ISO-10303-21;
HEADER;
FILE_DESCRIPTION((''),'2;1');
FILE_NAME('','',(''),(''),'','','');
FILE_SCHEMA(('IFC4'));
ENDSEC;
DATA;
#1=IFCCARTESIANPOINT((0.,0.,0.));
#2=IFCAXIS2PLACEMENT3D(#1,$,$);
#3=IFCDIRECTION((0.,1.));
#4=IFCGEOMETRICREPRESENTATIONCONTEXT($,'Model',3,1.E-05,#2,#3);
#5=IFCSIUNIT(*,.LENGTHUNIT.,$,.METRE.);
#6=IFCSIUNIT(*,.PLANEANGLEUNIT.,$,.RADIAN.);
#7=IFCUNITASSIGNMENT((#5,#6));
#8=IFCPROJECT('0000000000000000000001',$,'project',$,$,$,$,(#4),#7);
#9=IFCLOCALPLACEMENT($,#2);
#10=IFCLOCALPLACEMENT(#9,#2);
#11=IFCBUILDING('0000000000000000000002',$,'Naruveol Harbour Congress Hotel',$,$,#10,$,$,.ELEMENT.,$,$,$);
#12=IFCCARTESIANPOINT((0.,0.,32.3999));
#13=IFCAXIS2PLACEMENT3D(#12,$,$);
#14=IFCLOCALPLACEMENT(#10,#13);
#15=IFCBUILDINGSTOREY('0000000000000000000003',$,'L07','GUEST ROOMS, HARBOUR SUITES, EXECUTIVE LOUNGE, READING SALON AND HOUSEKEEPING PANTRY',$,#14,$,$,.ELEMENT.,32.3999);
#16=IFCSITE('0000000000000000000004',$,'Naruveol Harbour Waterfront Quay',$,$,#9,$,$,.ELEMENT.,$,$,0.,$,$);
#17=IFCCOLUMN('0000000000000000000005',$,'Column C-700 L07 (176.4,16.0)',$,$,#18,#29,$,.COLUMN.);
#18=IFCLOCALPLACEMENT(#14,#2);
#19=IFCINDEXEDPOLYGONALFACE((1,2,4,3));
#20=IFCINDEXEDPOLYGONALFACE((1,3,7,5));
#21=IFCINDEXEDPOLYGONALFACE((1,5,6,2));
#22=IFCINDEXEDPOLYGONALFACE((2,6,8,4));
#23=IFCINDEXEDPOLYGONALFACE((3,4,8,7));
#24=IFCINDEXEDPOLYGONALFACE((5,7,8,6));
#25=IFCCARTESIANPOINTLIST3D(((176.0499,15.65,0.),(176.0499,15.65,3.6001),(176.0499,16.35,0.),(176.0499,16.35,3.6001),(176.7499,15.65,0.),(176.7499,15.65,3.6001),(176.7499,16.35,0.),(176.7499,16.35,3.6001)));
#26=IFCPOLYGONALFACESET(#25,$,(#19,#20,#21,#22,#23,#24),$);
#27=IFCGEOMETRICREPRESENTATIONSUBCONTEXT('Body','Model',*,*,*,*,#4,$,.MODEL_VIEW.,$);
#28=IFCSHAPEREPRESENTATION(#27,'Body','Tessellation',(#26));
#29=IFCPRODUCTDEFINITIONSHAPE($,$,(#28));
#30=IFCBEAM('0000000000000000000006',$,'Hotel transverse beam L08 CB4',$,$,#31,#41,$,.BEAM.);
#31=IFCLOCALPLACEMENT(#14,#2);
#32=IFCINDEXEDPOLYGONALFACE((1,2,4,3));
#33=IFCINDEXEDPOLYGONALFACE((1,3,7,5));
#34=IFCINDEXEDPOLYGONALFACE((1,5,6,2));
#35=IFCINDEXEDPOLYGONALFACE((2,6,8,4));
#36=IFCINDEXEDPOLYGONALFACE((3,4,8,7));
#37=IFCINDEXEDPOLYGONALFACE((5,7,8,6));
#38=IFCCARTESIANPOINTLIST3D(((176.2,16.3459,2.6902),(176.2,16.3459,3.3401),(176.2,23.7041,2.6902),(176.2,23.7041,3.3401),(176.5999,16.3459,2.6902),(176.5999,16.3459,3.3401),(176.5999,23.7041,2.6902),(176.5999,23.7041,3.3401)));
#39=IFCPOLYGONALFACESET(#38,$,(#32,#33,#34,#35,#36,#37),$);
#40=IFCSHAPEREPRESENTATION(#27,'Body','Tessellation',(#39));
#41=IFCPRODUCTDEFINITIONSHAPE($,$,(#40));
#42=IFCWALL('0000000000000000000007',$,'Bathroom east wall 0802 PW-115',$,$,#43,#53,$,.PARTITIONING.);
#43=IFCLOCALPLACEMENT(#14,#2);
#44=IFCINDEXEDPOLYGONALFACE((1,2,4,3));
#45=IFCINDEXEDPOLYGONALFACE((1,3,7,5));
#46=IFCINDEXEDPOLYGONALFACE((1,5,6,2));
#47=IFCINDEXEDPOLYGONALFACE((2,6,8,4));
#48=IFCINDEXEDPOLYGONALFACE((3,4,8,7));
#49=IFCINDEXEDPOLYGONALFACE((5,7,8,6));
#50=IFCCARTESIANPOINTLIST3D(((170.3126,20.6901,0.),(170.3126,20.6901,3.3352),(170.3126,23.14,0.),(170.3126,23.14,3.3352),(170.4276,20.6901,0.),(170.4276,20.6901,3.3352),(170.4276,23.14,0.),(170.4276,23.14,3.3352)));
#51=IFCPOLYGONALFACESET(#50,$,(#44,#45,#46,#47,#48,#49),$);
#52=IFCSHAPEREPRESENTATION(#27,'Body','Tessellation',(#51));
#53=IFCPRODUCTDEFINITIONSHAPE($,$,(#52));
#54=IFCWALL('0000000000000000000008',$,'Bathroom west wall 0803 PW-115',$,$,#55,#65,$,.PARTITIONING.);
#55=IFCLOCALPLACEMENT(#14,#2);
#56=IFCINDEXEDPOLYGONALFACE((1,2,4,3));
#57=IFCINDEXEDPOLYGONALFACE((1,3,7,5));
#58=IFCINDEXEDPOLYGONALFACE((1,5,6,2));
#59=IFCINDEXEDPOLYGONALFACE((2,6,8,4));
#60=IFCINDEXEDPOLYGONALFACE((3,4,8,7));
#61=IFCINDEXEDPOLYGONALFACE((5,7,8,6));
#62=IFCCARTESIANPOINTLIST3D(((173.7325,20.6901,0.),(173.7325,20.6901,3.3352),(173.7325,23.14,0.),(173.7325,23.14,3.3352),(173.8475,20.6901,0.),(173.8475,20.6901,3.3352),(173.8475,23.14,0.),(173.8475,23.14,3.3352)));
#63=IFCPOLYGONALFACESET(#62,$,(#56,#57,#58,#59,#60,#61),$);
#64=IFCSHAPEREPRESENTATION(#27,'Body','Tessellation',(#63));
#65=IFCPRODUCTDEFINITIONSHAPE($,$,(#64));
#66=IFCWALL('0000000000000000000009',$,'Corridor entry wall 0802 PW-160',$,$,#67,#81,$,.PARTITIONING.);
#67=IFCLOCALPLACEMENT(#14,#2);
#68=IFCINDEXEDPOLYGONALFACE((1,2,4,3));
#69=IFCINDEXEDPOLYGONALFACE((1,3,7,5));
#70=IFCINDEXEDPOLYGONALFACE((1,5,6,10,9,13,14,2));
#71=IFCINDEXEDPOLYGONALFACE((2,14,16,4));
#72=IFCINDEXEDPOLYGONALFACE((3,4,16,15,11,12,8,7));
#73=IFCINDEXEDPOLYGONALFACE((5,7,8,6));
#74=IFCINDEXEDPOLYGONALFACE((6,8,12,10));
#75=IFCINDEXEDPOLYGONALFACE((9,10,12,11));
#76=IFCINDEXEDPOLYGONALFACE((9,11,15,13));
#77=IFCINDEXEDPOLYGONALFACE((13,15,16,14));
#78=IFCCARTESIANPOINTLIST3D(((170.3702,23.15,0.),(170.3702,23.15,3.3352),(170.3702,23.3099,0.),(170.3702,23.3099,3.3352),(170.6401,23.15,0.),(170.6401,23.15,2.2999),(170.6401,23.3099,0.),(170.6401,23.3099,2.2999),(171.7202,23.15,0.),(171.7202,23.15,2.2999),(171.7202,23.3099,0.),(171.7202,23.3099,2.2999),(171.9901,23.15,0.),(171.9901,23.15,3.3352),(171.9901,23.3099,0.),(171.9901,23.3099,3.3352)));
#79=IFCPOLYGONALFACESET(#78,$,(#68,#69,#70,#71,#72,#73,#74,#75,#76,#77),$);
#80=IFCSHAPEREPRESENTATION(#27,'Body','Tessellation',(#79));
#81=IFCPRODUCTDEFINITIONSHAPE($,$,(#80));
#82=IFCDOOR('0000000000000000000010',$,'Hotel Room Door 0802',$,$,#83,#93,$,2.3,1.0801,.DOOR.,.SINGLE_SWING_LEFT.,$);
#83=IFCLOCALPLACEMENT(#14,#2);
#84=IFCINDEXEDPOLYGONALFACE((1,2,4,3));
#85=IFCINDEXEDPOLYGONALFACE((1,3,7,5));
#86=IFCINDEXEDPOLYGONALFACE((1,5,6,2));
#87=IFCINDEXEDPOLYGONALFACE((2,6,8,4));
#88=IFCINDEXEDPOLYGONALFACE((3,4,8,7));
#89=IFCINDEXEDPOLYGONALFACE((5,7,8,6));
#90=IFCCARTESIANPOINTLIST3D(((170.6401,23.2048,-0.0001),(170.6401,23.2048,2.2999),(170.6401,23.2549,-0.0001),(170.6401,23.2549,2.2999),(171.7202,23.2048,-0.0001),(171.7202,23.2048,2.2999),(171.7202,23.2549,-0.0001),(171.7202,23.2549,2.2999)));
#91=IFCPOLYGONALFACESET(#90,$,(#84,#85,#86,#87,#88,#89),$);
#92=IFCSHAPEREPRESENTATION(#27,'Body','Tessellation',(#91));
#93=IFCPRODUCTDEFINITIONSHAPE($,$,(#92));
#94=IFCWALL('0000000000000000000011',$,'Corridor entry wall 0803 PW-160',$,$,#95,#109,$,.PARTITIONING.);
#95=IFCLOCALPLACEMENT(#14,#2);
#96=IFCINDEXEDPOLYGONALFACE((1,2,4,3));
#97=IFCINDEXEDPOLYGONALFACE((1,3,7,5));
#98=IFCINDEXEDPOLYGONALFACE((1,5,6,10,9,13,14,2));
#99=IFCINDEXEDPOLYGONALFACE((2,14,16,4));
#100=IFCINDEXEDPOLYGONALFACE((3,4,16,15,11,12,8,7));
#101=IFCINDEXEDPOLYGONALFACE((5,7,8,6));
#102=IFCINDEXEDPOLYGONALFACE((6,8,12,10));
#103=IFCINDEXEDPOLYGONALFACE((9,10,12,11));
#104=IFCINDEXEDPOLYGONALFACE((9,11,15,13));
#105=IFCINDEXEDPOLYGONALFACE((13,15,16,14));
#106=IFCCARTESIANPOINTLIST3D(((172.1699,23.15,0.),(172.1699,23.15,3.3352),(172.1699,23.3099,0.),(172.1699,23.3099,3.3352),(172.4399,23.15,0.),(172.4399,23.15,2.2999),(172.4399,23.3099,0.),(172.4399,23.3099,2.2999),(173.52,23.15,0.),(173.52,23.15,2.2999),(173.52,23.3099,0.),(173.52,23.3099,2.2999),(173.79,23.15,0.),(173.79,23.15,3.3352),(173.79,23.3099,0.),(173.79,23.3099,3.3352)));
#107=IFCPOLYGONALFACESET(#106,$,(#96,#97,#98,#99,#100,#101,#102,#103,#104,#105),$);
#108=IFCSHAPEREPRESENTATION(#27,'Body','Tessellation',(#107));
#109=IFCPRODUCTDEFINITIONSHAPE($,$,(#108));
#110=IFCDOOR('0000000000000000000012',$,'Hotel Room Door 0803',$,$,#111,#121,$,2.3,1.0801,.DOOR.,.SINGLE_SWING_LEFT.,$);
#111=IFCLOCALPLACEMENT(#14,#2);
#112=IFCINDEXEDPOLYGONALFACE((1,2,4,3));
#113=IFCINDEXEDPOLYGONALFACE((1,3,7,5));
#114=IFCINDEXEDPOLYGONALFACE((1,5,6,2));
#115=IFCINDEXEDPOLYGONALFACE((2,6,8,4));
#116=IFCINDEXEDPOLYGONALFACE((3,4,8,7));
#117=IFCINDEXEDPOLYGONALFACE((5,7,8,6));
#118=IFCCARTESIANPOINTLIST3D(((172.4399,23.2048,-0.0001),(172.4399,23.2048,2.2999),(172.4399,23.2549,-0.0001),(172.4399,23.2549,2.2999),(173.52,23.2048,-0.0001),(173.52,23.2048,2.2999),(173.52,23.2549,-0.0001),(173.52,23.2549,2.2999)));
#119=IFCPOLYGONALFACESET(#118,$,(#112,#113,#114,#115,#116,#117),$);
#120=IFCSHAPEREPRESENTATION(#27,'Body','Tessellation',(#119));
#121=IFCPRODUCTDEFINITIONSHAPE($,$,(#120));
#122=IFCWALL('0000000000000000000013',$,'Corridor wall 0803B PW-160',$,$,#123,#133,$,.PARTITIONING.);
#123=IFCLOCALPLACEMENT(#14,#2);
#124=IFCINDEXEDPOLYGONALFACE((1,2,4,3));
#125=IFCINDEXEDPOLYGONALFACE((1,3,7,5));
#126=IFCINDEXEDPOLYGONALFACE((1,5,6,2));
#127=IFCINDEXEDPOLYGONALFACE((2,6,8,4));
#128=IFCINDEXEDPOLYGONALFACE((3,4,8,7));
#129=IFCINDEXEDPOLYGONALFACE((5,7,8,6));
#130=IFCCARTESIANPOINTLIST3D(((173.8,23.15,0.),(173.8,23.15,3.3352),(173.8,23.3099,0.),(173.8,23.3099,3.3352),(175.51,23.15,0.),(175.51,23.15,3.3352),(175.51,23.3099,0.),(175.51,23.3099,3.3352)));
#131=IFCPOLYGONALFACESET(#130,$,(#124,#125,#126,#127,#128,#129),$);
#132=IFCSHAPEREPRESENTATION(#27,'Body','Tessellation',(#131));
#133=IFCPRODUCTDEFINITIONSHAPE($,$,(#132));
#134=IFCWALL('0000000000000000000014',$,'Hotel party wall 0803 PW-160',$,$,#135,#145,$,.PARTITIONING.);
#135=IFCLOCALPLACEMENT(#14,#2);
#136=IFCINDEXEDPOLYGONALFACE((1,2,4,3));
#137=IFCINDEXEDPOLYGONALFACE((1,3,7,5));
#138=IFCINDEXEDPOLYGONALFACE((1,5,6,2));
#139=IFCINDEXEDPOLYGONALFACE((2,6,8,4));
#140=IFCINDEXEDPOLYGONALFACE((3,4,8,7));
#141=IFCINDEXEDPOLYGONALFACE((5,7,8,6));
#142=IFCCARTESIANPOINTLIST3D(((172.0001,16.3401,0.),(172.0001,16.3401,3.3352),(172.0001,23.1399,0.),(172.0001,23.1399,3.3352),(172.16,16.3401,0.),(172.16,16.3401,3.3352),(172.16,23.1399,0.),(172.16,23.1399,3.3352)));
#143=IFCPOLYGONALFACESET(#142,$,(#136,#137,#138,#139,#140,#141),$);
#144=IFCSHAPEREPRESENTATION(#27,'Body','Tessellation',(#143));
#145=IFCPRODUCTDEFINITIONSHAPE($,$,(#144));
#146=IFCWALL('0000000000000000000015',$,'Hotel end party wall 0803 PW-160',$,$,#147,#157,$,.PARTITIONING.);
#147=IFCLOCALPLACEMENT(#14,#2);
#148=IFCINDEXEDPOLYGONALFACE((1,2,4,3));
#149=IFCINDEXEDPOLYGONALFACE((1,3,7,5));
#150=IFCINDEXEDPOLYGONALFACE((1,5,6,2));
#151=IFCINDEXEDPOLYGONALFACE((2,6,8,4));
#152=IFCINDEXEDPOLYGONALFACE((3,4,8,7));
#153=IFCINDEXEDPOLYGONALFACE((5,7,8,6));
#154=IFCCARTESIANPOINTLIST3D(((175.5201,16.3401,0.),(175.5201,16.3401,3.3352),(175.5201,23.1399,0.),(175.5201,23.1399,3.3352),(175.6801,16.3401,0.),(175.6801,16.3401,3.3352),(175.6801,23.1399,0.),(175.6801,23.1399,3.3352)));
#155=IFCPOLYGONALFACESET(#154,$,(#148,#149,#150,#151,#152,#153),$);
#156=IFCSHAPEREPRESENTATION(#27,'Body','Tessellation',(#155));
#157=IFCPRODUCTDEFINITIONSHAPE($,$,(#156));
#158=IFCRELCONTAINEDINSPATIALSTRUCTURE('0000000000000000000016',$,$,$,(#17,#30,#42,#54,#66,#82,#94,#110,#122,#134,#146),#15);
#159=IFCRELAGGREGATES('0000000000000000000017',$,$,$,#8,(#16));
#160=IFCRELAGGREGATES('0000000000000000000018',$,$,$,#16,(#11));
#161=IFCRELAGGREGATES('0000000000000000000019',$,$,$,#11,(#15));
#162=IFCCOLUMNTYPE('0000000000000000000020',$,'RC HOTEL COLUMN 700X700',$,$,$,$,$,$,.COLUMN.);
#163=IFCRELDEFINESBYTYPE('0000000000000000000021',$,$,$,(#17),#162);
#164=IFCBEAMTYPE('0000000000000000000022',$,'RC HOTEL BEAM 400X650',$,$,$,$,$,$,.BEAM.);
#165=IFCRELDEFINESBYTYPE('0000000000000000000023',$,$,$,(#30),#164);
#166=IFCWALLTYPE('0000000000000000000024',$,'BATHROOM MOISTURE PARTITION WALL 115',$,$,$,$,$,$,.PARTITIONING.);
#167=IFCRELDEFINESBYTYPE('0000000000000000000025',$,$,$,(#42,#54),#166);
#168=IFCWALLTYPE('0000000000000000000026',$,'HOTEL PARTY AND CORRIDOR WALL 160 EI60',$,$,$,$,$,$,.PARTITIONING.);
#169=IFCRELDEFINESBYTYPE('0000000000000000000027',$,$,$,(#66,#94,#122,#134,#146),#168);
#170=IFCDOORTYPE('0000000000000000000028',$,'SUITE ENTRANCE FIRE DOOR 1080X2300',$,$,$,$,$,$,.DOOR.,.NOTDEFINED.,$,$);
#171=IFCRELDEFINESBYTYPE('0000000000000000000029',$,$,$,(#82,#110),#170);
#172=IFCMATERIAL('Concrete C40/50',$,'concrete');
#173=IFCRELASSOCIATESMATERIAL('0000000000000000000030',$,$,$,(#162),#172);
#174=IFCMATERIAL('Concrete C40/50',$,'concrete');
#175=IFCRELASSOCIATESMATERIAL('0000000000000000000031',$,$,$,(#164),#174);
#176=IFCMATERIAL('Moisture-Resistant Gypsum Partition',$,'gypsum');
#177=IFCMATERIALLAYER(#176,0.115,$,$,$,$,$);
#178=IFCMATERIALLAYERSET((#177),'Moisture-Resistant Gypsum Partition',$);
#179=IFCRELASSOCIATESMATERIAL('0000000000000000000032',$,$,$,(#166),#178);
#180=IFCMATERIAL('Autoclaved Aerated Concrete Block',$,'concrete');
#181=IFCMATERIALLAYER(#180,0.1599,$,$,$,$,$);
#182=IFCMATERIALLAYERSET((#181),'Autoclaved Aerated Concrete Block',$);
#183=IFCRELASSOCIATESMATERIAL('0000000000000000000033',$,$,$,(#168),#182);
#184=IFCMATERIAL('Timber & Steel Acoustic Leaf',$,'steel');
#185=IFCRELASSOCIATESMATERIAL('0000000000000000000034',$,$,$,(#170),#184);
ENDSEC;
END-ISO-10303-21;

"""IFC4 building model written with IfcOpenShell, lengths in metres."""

from ifc_helpers import new_model, si_unit, direction, frame, frame_2d, origin, origin_2d, place, context, subcontext, project, spatial, rectangle, extrude, material, layer, layer_set, material_profile, profile_set, type_object, element, fill, save


model = new_model("IFC4")

# Units and contexts
model_context = context("Model", 3, precision=1e-05, world=origin(), true_north=direction((0.0, 1.0)))
body_context = subcontext(model_context, "Body", "Model", "MODEL_VIEW")
ifc_project = project(units=[si_unit("LENGTHUNIT", "METRE"), si_unit("PLANEANGLEUNIT", "RADIAN")], contexts=[model_context])

# Site, building, storey
site_placement = place(None, origin())
site = spatial("IfcSite", under=ifc_project, at=site_placement, Name="Naruveol Harbour Waterfront Quay", CompositionType="ELEMENT", RefElevation=0.0)
building_placement = place(site_placement, origin())
building = spatial("IfcBuilding", under=site, at=building_placement, Name="Naruveol Harbour Congress Hotel", CompositionType="ELEMENT")
storey_placement = place(building_placement, frame((0.0, 0.0, 32.3999)))
storey = spatial("IfcBuildingStorey", under=building, at=storey_placement, Name="L07", Description="GUEST ROOMS, HARBOUR SUITES, EXECUTIVE LOUNGE, READING SALON AND HOUSEKEEPING PANTRY", CompositionType="ELEMENT", Elevation=32.3999)

# Column
ifc_material_1 = material(Name="Concrete C40/50", Category="concrete")
ifc_material_profile_1 = material_profile(ifc_material_1, rectangle(XDim=0.7, YDim=0.7, at=origin_2d()), Name="RC-700x700")
ifc_profile_set_1 = profile_set([ifc_material_profile_1], Name="Concrete C40/50")
column_type = type_object("IfcColumnType", Name="RC HOTEL COLUMN 700X700", PredefinedType="COLUMN", material=ifc_profile_set_1)
column_placement = place(storey_placement, frame((176.3999, 16.0, 0.0), z_axis=(0.0, 0.0, 1.0), x_axis=(1.0, 0.0, 0.0)))
element("IfcColumn", 1, at=column_placement, inside=storey, type_object=column_type, Name="Column C-700 L07 (176.4,16.0)", PredefinedType="COLUMN", context=body_context, shape_type="SweptSolid", body=[
    extrude(rectangle(XDim=0.7, YDim=0.7, at=origin_2d()), origin(), (0.0, 0.0, 1.0), 3.6001),
])

# Beam
ifc_material_2 = material(Name="Concrete C40/50", Category="concrete")
ifc_material_profile_2 = material_profile(ifc_material_2, rectangle(XDim=0.3999, YDim=0.6499, at=origin_2d()), Name="RCB-400x650")
ifc_profile_set_2 = profile_set([ifc_material_profile_2], Name="Concrete C40/50")
beam_type = type_object("IfcBeamType", Name="RC HOTEL BEAM 400X650", PredefinedType="BEAM", material=ifc_profile_set_2)
beam_placement = place(storey_placement, frame((176.3999, 16.3459, 3.0151), z_axis=(0.0, 1.0, 0.0), x_axis=(-1.0, 0.0, 0.0)))
element("IfcBeam", 2, at=beam_placement, inside=storey, type_object=beam_type, Name="Hotel transverse beam L08 CB4", PredefinedType="BEAM", context=body_context, shape_type="SweptSolid", body=[
    extrude(rectangle(XDim=0.3999, YDim=0.6499, at=origin_2d()), origin(), (0.0, 0.0, 1.0), 7.3582),
])

# Wall
ifc_material_3 = material(Name="Moisture-Resistant Gypsum Partition", Category="gypsum")
ifc_layer_1 = layer(ifc_material_3, 0.115)
ifc_layer_set_1 = layer_set([ifc_layer_1], Name="Moisture-Resistant Gypsum Partition")
wall_type_1 = type_object("IfcWallType", Name="BATHROOM MOISTURE PARTITION WALL 115", PredefinedType="PARTITIONING", material=ifc_layer_set_1)
wall_1_placement = place(storey_placement, frame((170.3701, 20.6899, 0.0), z_axis=(0.0, 0.0, 1.0), x_axis=(0.0, 1.0, 0.0)))
element("IfcWall", 3, at=wall_1_placement, inside=storey, type_object=wall_type_1, Name="Bathroom east wall 0802 PW-115", PredefinedType="PARTITIONING", context=body_context, shape_type="SweptSolid", body=[
    extrude(rectangle(XDim=2.45, YDim=0.115, at=frame_2d((1.2251, 0.0))), origin(), (0.0, 0.0, 1.0), 3.3352),
])

# Wall
wall_2_placement = place(storey_placement, frame((173.79, 20.6899, 0.0), z_axis=(0.0, 0.0, 1.0), x_axis=(0.0, 1.0, 0.0)))
element("IfcWall", 4, at=wall_2_placement, inside=storey, type_object=wall_type_1, Name="Bathroom west wall 0803 PW-115", PredefinedType="PARTITIONING", context=body_context, shape_type="SweptSolid", body=[
    extrude(rectangle(XDim=2.45, YDim=0.115, at=frame_2d((1.2251, 0.0))), origin(), (0.0, 0.0, 1.0), 3.3352),
])

# Walls, openings, doors
ifc_material_4 = material(Name="Autoclaved Aerated Concrete Block", Category="concrete")
ifc_layer_2 = layer(ifc_material_4, 0.1599)
ifc_layer_set_2 = layer_set([ifc_layer_2], Name="Autoclaved Aerated Concrete Block")
wall_type_2 = type_object("IfcWallType", Name="HOTEL PARTY AND CORRIDOR WALL 160 EI60", PredefinedType="PARTITIONING", material=ifc_layer_set_2)
wall_3_placement = place(storey_placement, frame((170.3701, 23.23, 0.0), z_axis=(0.0, 0.0, 1.0), x_axis=(1.0, 0.0, 0.0)))
wall_3 = element("IfcWall", 5, at=wall_3_placement, inside=storey, type_object=wall_type_2, Name="Corridor entry wall 0802 PW-160", PredefinedType="PARTITIONING", context=body_context, shape_type="SweptSolid", body=[
    extrude(rectangle(XDim=1.6199, YDim=0.1599, at=frame_2d((0.8101, 0.0))), origin(), (0.0, 0.0, 1.0), 3.3352),
])
opening_1_placement = place(wall_3_placement, frame((0.27, 0.0, 0.0)))
opening_1 = element("IfcOpeningElement", 6, at=opening_1_placement, cuts=wall_3, PredefinedType="OPENING", context=body_context, shape_type="SweptSolid", body=[
    extrude(rectangle(XDim=1.0801, YDim=2.3, at=frame_2d((0.54, 1.1499))), frame((0.0, 0.0898, 0.0), z_axis=(0.0, -1.0, 0.0), x_axis=(1.0, 0.0, 0.0)), (0.0, 0.0, 1.0), 0.1799),
])
ifc_material_5 = material(Name="Timber & Steel Acoustic Leaf", Category="steel")
door_type_1 = type_object("IfcDoorType", Name="SUITE ENTRANCE FIRE DOOR 1080X2300", OperationType="NOTDEFINED", PredefinedType="DOOR", material=ifc_material_5)
door_1_placement = place(opening_1_placement, origin())
door_1 = element("IfcDoor", 7, at=door_1_placement, inside=storey, type_object=door_type_1, Name="Hotel Room Door 0802", OperationType="SINGLE_SWING_LEFT", OverallHeight=2.3, OverallWidth=1.0801, PredefinedType="DOOR", context=body_context, shape_type="SweptSolid", body=[
    extrude(rectangle(XDim=1.0801, YDim=2.3, at=frame_2d((0.54, 1.1499))), frame((0.0, 0.0249, 0.0), z_axis=(0.0, -1.0, 0.0), x_axis=(1.0, 0.0, 0.0)), (0.0, 0.0, 1.0), 0.05),
])
fill(opening_1, door_1)
wall_4_placement = place(storey_placement, frame((172.1699, 23.23, 0.0), z_axis=(0.0, 0.0, 1.0), x_axis=(1.0, 0.0, 0.0)))
wall_4 = element("IfcWall", 8, at=wall_4_placement, inside=storey, type_object=wall_type_2, Name="Corridor entry wall 0803 PW-160", PredefinedType="PARTITIONING", context=body_context, shape_type="SweptSolid", body=[
    extrude(rectangle(XDim=1.6201, YDim=0.1599, at=frame_2d((0.8101, 0.0))), origin(), (0.0, 0.0, 1.0), 3.3352),
])
opening_2_placement = place(wall_4_placement, frame((0.27, 0.0, 0.0)))
opening_2 = element("IfcOpeningElement", 9, at=opening_2_placement, cuts=wall_4, PredefinedType="OPENING", context=body_context, shape_type="SweptSolid", body=[
    extrude(rectangle(XDim=1.0801, YDim=2.3, at=frame_2d((0.54, 1.1499))), frame((0.0, 0.0898, 0.0), z_axis=(0.0, -1.0, 0.0), x_axis=(1.0, 0.0, 0.0)), (0.0, 0.0, 1.0), 0.1799),
])
door_2_placement = place(opening_2_placement, origin())
door_2 = element("IfcDoor", 10, at=door_2_placement, inside=storey, type_object=door_type_1, Name="Hotel Room Door 0803", OperationType="SINGLE_SWING_LEFT", OverallHeight=2.3, OverallWidth=1.0801, PredefinedType="DOOR", context=body_context, shape_type="SweptSolid", body=[
    extrude(rectangle(XDim=1.0801, YDim=2.3, at=frame_2d((0.54, 1.1499))), frame((0.0, 0.0249, 0.0), z_axis=(0.0, -1.0, 0.0), x_axis=(1.0, 0.0, 0.0)), (0.0, 0.0, 1.0), 0.05),
])
fill(opening_2, door_2)

# Walls
wall_5_placement = place(storey_placement, frame((173.8, 23.23, 0.0), z_axis=(0.0, 0.0, 1.0), x_axis=(1.0, 0.0, 0.0)))
element("IfcWall", 11, at=wall_5_placement, inside=storey, type_object=wall_type_2, Name="Corridor wall 0803B PW-160", PredefinedType="PARTITIONING", context=body_context, shape_type="SweptSolid", body=[
    extrude(rectangle(XDim=1.71, YDim=0.1599, at=frame_2d((0.855, 0.0))), origin(), (0.0, 0.0, 1.0), 3.3352),
])
for number, where, z_axis, x_axis, name in (
    (12, (172.0801, 16.3401, 0.0), (0.0, 0.0, 1.0), (0.0, 1.0, 0.0), "Hotel party wall 0803 PW-160"),
    (13, (175.6001, 16.3401, 0.0), (0.0, 0.0, 1.0), (0.0, 1.0, 0.0), "Hotel end party wall 0803 PW-160"),
):
    element("IfcWall", number, at=place(storey_placement, frame(where, z_axis=z_axis, x_axis=x_axis)), inside=storey, type_object=wall_type_2, Name=name, PredefinedType="PARTITIONING", context=body_context, shape_type="SweptSolid", body=[
        extrude(rectangle(XDim=6.7998, YDim=0.1599, at=frame_2d((3.3999, 0.0))), origin(), (0.0, 0.0, 1.0), 3.3352),
    ])

save(model, "model.ifc")
